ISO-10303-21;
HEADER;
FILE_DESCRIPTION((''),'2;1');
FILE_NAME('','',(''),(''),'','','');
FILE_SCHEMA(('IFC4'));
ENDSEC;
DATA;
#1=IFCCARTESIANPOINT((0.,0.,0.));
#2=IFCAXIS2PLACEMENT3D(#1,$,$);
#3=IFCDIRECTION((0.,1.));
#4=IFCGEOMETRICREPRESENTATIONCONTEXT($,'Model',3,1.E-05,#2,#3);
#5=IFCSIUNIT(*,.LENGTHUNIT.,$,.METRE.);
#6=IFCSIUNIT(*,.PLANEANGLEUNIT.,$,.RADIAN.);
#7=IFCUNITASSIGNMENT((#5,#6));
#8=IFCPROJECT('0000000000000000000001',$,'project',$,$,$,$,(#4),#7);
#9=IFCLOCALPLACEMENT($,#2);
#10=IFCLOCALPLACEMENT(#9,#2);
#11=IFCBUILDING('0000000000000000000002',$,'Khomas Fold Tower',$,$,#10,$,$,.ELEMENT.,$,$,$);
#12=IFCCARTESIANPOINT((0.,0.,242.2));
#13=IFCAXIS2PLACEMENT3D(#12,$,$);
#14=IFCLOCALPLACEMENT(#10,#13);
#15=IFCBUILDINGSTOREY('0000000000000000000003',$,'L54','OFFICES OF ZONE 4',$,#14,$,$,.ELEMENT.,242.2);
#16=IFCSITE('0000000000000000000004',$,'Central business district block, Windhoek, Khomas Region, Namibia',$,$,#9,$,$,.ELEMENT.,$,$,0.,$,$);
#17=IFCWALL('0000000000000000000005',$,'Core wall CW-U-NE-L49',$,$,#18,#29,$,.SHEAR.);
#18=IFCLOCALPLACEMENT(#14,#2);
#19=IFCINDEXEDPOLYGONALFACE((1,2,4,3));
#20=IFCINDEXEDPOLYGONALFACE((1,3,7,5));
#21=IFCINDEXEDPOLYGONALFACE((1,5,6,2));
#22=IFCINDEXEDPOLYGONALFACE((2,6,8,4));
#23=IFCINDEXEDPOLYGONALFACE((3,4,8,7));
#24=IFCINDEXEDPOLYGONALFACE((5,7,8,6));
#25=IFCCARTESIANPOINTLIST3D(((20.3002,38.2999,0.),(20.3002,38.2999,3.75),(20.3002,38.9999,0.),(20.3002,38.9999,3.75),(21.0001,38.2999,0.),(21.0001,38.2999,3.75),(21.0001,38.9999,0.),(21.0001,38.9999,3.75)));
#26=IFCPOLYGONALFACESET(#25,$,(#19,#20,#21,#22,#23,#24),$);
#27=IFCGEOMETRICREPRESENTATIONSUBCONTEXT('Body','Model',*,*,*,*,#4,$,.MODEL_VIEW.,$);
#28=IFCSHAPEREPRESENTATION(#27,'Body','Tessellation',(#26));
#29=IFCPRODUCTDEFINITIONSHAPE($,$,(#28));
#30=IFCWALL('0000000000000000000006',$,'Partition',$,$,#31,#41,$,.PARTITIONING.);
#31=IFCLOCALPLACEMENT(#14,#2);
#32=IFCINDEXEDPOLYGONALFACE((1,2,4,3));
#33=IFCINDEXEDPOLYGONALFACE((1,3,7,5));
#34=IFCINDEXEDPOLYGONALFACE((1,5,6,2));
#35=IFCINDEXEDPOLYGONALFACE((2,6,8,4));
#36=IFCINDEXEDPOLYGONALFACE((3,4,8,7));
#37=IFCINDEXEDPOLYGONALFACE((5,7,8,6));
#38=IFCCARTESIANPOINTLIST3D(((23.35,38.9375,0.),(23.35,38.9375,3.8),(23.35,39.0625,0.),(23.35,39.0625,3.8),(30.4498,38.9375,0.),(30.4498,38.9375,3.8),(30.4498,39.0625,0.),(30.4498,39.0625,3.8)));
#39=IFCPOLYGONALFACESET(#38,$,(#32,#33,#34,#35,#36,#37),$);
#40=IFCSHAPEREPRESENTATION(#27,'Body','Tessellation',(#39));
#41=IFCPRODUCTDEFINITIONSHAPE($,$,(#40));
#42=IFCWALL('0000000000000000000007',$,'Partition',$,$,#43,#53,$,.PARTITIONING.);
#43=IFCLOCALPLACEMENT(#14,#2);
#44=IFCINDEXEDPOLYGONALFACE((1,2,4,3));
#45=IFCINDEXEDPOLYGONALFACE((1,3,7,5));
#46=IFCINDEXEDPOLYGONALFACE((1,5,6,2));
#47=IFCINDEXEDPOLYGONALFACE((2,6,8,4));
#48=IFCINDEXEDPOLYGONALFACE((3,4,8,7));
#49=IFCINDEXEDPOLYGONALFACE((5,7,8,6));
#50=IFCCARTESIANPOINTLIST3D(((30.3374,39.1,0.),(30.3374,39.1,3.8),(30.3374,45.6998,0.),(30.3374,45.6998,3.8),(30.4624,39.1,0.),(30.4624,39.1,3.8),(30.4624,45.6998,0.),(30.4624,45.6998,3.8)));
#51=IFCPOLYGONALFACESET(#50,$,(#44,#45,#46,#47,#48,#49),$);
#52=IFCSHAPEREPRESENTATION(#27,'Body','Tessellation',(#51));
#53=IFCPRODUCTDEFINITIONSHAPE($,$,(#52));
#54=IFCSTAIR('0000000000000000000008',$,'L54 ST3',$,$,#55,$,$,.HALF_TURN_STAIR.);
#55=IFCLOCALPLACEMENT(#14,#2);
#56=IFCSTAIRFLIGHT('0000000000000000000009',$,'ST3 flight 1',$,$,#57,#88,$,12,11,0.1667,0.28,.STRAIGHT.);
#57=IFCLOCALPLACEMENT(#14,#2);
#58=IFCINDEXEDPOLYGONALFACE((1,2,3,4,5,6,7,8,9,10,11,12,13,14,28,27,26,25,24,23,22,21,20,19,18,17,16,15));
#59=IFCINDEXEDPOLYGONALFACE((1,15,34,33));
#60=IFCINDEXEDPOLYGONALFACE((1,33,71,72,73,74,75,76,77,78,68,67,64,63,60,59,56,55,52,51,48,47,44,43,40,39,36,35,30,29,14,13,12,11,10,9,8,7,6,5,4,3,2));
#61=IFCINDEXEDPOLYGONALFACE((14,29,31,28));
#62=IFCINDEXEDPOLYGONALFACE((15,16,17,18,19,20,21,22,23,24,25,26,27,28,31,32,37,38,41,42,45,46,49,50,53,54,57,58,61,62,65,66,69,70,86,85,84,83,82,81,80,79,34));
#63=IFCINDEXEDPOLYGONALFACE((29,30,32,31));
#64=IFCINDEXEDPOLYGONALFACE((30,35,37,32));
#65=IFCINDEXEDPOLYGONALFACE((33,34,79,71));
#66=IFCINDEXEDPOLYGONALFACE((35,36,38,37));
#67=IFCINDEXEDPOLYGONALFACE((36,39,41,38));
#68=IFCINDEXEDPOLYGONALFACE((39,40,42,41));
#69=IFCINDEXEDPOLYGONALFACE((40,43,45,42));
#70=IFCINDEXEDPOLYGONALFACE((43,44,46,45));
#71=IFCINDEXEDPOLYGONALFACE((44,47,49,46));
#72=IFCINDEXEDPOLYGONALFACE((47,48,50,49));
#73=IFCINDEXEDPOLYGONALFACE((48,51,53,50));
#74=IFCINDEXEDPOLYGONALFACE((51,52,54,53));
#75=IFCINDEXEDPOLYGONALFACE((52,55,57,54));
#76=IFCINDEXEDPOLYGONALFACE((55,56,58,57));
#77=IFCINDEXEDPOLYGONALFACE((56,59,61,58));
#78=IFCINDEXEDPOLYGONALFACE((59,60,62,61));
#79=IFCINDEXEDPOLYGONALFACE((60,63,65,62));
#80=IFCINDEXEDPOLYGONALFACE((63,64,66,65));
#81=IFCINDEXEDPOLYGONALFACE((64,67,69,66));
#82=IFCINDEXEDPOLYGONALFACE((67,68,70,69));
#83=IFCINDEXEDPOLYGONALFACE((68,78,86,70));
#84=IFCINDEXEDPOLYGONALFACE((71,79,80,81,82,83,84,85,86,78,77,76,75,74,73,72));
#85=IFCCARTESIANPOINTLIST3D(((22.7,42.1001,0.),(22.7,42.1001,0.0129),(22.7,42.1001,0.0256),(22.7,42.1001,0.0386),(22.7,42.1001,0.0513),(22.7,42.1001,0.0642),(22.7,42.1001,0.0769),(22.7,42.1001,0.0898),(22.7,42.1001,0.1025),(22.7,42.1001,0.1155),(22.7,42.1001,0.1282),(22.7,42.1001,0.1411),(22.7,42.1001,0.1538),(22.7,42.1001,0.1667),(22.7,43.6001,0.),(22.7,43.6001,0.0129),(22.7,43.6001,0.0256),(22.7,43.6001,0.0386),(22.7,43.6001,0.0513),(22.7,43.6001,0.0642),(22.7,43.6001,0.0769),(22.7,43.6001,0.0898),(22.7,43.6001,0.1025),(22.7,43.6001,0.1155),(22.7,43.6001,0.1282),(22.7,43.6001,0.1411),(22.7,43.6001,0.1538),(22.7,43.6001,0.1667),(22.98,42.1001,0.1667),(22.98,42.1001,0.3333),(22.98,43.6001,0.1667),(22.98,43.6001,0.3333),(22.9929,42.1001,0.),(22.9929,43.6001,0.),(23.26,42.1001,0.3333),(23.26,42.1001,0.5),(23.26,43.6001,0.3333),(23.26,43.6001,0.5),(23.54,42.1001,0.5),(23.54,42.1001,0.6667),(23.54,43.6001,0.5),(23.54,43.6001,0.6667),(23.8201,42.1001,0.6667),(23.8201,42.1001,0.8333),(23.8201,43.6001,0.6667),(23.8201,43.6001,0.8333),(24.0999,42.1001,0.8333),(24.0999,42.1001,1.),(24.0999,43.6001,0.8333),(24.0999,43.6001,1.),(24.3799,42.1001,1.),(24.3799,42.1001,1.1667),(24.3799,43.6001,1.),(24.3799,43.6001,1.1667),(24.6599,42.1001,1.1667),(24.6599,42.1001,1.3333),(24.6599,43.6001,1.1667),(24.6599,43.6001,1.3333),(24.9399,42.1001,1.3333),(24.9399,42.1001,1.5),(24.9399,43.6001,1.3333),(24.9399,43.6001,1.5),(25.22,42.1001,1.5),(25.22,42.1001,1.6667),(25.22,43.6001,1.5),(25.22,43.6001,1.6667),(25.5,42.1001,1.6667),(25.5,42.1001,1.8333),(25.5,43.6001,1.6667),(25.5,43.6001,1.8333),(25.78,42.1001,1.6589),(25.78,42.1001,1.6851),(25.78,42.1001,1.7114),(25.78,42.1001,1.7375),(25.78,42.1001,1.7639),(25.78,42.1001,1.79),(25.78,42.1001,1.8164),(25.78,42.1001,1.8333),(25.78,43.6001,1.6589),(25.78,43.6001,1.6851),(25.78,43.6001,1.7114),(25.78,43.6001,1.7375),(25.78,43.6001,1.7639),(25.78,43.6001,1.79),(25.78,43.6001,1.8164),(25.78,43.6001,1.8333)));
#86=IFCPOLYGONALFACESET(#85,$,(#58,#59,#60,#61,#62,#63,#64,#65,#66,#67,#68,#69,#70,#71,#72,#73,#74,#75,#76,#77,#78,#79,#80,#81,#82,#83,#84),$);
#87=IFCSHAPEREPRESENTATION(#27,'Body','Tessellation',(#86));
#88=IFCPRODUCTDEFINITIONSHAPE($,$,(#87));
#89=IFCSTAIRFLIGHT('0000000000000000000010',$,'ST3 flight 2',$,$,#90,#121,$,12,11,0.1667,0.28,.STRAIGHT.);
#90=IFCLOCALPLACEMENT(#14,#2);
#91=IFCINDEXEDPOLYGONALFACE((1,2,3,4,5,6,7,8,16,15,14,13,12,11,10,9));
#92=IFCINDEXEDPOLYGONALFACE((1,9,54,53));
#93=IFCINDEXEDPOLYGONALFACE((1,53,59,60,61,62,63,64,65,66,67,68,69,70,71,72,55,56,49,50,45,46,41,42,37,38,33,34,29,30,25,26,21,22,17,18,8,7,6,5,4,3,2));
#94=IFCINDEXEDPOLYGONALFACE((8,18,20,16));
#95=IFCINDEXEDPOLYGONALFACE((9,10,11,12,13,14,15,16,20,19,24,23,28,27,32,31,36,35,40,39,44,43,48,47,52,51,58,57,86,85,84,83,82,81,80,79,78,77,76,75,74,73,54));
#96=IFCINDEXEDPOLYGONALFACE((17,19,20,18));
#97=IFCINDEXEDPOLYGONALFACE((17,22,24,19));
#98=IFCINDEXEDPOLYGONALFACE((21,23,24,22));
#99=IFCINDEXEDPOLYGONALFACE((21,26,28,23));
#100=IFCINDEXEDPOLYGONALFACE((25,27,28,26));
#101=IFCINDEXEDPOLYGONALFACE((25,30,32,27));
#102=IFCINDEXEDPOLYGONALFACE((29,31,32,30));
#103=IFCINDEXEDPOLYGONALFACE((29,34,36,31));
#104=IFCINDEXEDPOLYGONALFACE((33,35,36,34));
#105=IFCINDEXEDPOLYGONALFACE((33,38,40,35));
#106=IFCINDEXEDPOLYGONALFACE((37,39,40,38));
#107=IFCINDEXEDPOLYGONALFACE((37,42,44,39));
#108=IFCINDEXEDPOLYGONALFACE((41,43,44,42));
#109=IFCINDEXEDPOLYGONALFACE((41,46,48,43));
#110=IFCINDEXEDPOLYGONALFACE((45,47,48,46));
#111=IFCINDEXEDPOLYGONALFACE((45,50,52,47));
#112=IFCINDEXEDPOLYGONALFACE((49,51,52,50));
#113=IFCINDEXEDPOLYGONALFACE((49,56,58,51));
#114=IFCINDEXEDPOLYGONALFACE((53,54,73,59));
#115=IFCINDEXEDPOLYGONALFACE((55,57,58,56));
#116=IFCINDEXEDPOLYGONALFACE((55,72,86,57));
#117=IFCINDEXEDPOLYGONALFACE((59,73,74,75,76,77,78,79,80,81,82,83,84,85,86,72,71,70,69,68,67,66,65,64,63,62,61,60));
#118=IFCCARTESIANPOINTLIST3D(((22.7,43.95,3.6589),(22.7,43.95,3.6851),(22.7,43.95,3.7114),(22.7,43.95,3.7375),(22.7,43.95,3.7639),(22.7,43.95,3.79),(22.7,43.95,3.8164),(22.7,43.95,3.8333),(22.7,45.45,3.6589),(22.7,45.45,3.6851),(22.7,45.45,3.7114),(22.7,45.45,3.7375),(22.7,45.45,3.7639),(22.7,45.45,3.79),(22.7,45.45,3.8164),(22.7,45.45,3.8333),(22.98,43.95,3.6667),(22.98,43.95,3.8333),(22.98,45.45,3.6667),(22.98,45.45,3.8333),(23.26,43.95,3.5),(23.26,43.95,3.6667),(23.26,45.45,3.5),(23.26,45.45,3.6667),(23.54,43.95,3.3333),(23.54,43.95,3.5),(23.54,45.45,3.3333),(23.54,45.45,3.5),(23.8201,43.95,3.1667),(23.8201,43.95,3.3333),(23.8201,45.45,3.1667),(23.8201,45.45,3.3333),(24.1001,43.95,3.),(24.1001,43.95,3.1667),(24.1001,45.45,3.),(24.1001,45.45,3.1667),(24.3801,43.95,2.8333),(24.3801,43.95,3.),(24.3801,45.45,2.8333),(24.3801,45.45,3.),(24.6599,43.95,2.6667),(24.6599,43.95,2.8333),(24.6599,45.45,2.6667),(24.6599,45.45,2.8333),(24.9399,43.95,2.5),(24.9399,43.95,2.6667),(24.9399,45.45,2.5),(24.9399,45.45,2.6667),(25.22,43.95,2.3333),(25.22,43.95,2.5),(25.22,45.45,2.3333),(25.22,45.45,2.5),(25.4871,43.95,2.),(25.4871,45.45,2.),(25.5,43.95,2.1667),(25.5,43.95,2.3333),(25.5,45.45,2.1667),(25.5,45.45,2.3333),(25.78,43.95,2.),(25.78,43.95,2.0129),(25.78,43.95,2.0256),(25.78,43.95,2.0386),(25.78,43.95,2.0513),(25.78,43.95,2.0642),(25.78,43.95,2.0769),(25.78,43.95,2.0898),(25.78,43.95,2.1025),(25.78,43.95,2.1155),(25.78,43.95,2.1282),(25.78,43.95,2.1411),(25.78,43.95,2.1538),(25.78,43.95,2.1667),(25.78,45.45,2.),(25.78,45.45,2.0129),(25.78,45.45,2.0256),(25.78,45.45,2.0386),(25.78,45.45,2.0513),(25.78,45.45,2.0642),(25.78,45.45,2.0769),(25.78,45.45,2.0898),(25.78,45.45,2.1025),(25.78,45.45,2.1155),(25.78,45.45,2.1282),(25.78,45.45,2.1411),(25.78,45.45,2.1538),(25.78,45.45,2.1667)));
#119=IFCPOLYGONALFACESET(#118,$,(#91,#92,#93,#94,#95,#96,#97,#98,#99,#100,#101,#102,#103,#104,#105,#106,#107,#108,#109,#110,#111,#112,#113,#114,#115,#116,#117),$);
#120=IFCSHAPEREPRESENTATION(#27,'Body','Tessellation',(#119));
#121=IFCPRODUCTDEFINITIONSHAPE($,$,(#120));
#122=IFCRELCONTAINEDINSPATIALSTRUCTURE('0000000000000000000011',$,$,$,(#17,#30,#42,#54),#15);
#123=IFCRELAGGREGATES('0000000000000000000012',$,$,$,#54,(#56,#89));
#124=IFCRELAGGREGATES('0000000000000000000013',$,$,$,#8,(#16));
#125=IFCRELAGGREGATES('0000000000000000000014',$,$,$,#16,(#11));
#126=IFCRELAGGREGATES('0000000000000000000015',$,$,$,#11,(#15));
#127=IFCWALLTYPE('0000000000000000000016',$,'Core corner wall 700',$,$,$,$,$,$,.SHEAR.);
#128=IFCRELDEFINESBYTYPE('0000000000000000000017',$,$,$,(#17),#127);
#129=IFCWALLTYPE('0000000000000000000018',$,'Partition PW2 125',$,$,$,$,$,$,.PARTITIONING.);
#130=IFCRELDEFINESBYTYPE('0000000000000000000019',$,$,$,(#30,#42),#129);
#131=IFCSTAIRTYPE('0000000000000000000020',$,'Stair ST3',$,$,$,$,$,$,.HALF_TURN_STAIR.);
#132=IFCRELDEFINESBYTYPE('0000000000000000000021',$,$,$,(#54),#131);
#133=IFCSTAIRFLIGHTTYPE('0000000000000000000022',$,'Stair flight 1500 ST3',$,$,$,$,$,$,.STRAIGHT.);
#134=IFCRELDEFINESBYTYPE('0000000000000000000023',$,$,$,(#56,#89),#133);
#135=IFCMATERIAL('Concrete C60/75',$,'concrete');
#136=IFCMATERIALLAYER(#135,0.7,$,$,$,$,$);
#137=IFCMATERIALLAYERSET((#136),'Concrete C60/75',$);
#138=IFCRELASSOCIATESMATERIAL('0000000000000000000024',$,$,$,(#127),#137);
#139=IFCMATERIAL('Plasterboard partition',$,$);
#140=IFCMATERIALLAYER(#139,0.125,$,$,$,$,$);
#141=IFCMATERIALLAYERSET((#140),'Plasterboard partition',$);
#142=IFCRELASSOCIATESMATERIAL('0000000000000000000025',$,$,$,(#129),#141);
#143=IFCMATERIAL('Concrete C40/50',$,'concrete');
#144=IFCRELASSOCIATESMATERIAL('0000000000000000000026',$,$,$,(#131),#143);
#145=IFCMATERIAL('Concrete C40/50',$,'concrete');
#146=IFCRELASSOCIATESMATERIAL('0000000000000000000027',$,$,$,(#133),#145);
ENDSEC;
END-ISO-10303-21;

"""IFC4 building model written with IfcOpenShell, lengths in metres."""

from ifc_helpers import new_model, si_unit, direction, frame, frame_2d, origin, place, context, subcontext, project, spatial, polyline, rectangle, outline, extrude, source, transform, mapped, material, layer, layer_set, type_object, element, aggregate, save


model = new_model("IFC4")

# Units and contexts
model_context = context("Model", 3, precision=1e-05, world=origin(), true_north=direction((0.0, 1.0)))
body_context = subcontext(model_context, "Body", "Model", "MODEL_VIEW")
ifc_project = project(units=[si_unit("LENGTHUNIT", "METRE"), si_unit("PLANEANGLEUNIT", "RADIAN")], contexts=[model_context])

# Site, building, storey
site_placement = place(None, origin())
site = spatial("IfcSite", under=ifc_project, at=site_placement, Name="Central business district block, Windhoek, Khomas Region, Namibia", CompositionType="ELEMENT", RefElevation=0.0)
building_placement = place(site_placement, origin())
building = spatial("IfcBuilding", under=site, at=building_placement, Name="Khomas Fold Tower", CompositionType="ELEMENT")
storey_placement = place(building_placement, frame((0.0, 0.0, 242.2)))
storey = spatial("IfcBuildingStorey", under=building, at=storey_placement, Name="L54", Description="OFFICES OF ZONE 4", CompositionType="ELEMENT", Elevation=242.2)

# Wall
ifc_material_1 = material(Name="Concrete C60/75", Category="concrete")
ifc_layer_1 = layer(ifc_material_1, 0.7)
ifc_layer_set_1 = layer_set([ifc_layer_1], Name="Concrete C60/75")
wall_type_1 = type_object("IfcWallType", Name="Core corner wall 700", PredefinedType="SHEAR", material=ifc_layer_set_1)
shared_shape_1 = source(origin(), body_context, "Body", "SweptSolid", [
    extrude(rectangle(XDim=0.7, YDim=0.7, at=frame_2d((0.3501, 0.0))), origin(), (0.0, 0.0, 1.0), 3.75),
])
wall_1_placement = place(storey_placement, frame((20.3, 38.6499, 0.0), z_axis=(0.0, 0.0, 1.0), x_axis=(1.0, 0.0, 0.0)))
element("IfcWall", 1, at=wall_1_placement, inside=storey, type_object=wall_type_1, Name="Core wall CW-U-NE-L49", PredefinedType="SHEAR", context=body_context, shape_type="MappedRepresentation", body=[
    mapped(shared_shape_1, transform((0.0, 0.0, 0.0))),
])

# Walls
ifc_material_2 = material(Name="Plasterboard partition")
ifc_layer_2 = layer(ifc_material_2, 0.125)
ifc_layer_set_2 = layer_set([ifc_layer_2], Name="Plasterboard partition")
wall_type_2 = type_object("IfcWallType", Name="Partition PW2 125", PredefinedType="PARTITIONING", material=ifc_layer_set_2)
shared_shape_2 = source(origin(), body_context, "Body", "SweptSolid", [
    extrude(rectangle(XDim=7.0999, YDim=0.125, at=frame_2d((3.5498, 0.0))), origin(), (0.0, 0.0, 1.0), 3.8),
])
wall_2_placement = place(storey_placement, frame((23.3501, 39.0, 0.0), z_axis=(0.0, 0.0, 1.0), x_axis=(1.0, 0.0, 0.0)))
element("IfcWall", 2, at=wall_2_placement, inside=storey, type_object=wall_type_2, Name="Partition", PredefinedType="PARTITIONING", context=body_context, shape_type="MappedRepresentation", body=[
    mapped(shared_shape_2, transform((0.0, 0.0, 0.0))),
])
shared_shape_3 = source(origin(), body_context, "Body", "SweptSolid", [
    extrude(rectangle(XDim=6.5999, YDim=0.125, at=frame_2d((3.2998, 0.0))), origin(), (0.0, 0.0, 1.0), 3.8),
])
wall_3_placement = place(storey_placement, frame((30.3999, 39.1001, 0.0), z_axis=(0.0, 0.0, 1.0), x_axis=(0.0, 1.0, 0.0)))
element("IfcWall", 3, at=wall_3_placement, inside=storey, type_object=wall_type_2, Name="Partition", PredefinedType="PARTITIONING", context=body_context, shape_type="MappedRepresentation", body=[
    mapped(shared_shape_3, transform((0.0, 0.0, 0.0))),
])

# Stair, stair flights
ifc_material_3 = material(Name="Concrete C40/50", Category="concrete")
stair_type = type_object("IfcStairType", Name="Stair ST3", PredefinedType="HALF_TURN_STAIR", material=ifc_material_3)
stair_placement = place(storey_placement, origin())
stair = element("IfcStair", 4, at=stair_placement, inside=storey, type_object=stair_type, Name="L54 ST3", PredefinedType="HALF_TURN_STAIR")
ifc_material_4 = material(Name="Concrete C40/50", Category="concrete")
stair_flight_type = type_object("IfcStairFlightType", Name="Stair flight 1500 ST3", PredefinedType="STRAIGHT", material=ifc_material_4)
shared_shape_4 = source(origin(), body_context, "Body", "SweptSolid", [
    extrude(outline(polyline([(0.0, 0.0), (0.0, 0.0129), (0.0, 0.0256), (0.0, 0.0386), (0.0, 0.0513), (0.0, 0.0642), (0.0, 0.0769), (0.0, 0.0898), (0.0, 0.1025), (0.0, 0.1155), (0.0, 0.1282), (0.0, 0.1411), (0.0, 0.1538), (0.0, 0.1667), (0.28, 0.1667), (0.28, 0.3333), (0.5601, 0.3333), (0.5601, 0.5), (0.8401, 0.5), (0.8401, 0.6667), (1.1201, 0.6667), (1.1201, 0.8333), (1.3999, 0.8333), (1.3999, 1.0), (1.6799, 1.0), (1.6799, 1.1667), (1.96, 1.1667), (1.96, 1.3333), (2.24, 1.3333), (2.24, 1.5), (2.52, 1.5), (2.52, 1.6667), (2.8, 1.6667), (2.8, 1.8333), (3.0801, 1.8333), (3.0801, 2.0), (3.0801, 1.9739), (3.0801, 1.9475), (3.0801, 1.9214), (3.0801, 1.895), (3.0801, 1.8689), (3.0801, 1.8425), (3.0801, 1.8164), (3.0801, 1.79), (3.0801, 1.7639), (3.0801, 1.7375), (3.0801, 1.7114), (3.0801, 1.6851), (3.0801, 1.6589), (0.293, 0.0), (0.0, 0.0)])), frame((0.0, 0.75, 0.0), z_axis=(0.0, -1.0, 0.0), x_axis=(1.0, 0.0, 0.0)), (0.0, 0.0, 1.0), 1.5),
])
stair_flight_1_placement = place(storey_placement, frame((22.7, 42.8501, 0.0), z_axis=(0.0, 0.0, 1.0), x_axis=(1.0, 0.0, 0.0)))
stair_flight_1 = element("IfcStairFlight", 5, at=stair_flight_1_placement, type_object=stair_flight_type, Name="ST3 flight 1", NumberOfRisers=12, NumberOfTreads=11, PredefinedType="STRAIGHT", RiserHeight=0.1667, TreadLength=0.28, context=body_context, shape_type="MappedRepresentation", body=[
    mapped(shared_shape_4, transform((0.0, 0.0, 0.0))),
])
stair_flight_2_placement = place(storey_placement, frame((25.78, 44.7, 2.0), z_axis=(0.0, 0.0, 1.0), x_axis=(-1.0, 0.0, 0.0)))
stair_flight_2 = element("IfcStairFlight", 6, at=stair_flight_2_placement, type_object=stair_flight_type, Name="ST3 flight 2", NumberOfRisers=12, NumberOfTreads=11, PredefinedType="STRAIGHT", RiserHeight=0.1667, TreadLength=0.28, context=body_context, shape_type="MappedRepresentation", body=[
    mapped(shared_shape_4, transform((0.0, 0.0, 0.0))),
])
aggregate(stair, [stair_flight_1, stair_flight_2])

save(model, "model.ifc")
